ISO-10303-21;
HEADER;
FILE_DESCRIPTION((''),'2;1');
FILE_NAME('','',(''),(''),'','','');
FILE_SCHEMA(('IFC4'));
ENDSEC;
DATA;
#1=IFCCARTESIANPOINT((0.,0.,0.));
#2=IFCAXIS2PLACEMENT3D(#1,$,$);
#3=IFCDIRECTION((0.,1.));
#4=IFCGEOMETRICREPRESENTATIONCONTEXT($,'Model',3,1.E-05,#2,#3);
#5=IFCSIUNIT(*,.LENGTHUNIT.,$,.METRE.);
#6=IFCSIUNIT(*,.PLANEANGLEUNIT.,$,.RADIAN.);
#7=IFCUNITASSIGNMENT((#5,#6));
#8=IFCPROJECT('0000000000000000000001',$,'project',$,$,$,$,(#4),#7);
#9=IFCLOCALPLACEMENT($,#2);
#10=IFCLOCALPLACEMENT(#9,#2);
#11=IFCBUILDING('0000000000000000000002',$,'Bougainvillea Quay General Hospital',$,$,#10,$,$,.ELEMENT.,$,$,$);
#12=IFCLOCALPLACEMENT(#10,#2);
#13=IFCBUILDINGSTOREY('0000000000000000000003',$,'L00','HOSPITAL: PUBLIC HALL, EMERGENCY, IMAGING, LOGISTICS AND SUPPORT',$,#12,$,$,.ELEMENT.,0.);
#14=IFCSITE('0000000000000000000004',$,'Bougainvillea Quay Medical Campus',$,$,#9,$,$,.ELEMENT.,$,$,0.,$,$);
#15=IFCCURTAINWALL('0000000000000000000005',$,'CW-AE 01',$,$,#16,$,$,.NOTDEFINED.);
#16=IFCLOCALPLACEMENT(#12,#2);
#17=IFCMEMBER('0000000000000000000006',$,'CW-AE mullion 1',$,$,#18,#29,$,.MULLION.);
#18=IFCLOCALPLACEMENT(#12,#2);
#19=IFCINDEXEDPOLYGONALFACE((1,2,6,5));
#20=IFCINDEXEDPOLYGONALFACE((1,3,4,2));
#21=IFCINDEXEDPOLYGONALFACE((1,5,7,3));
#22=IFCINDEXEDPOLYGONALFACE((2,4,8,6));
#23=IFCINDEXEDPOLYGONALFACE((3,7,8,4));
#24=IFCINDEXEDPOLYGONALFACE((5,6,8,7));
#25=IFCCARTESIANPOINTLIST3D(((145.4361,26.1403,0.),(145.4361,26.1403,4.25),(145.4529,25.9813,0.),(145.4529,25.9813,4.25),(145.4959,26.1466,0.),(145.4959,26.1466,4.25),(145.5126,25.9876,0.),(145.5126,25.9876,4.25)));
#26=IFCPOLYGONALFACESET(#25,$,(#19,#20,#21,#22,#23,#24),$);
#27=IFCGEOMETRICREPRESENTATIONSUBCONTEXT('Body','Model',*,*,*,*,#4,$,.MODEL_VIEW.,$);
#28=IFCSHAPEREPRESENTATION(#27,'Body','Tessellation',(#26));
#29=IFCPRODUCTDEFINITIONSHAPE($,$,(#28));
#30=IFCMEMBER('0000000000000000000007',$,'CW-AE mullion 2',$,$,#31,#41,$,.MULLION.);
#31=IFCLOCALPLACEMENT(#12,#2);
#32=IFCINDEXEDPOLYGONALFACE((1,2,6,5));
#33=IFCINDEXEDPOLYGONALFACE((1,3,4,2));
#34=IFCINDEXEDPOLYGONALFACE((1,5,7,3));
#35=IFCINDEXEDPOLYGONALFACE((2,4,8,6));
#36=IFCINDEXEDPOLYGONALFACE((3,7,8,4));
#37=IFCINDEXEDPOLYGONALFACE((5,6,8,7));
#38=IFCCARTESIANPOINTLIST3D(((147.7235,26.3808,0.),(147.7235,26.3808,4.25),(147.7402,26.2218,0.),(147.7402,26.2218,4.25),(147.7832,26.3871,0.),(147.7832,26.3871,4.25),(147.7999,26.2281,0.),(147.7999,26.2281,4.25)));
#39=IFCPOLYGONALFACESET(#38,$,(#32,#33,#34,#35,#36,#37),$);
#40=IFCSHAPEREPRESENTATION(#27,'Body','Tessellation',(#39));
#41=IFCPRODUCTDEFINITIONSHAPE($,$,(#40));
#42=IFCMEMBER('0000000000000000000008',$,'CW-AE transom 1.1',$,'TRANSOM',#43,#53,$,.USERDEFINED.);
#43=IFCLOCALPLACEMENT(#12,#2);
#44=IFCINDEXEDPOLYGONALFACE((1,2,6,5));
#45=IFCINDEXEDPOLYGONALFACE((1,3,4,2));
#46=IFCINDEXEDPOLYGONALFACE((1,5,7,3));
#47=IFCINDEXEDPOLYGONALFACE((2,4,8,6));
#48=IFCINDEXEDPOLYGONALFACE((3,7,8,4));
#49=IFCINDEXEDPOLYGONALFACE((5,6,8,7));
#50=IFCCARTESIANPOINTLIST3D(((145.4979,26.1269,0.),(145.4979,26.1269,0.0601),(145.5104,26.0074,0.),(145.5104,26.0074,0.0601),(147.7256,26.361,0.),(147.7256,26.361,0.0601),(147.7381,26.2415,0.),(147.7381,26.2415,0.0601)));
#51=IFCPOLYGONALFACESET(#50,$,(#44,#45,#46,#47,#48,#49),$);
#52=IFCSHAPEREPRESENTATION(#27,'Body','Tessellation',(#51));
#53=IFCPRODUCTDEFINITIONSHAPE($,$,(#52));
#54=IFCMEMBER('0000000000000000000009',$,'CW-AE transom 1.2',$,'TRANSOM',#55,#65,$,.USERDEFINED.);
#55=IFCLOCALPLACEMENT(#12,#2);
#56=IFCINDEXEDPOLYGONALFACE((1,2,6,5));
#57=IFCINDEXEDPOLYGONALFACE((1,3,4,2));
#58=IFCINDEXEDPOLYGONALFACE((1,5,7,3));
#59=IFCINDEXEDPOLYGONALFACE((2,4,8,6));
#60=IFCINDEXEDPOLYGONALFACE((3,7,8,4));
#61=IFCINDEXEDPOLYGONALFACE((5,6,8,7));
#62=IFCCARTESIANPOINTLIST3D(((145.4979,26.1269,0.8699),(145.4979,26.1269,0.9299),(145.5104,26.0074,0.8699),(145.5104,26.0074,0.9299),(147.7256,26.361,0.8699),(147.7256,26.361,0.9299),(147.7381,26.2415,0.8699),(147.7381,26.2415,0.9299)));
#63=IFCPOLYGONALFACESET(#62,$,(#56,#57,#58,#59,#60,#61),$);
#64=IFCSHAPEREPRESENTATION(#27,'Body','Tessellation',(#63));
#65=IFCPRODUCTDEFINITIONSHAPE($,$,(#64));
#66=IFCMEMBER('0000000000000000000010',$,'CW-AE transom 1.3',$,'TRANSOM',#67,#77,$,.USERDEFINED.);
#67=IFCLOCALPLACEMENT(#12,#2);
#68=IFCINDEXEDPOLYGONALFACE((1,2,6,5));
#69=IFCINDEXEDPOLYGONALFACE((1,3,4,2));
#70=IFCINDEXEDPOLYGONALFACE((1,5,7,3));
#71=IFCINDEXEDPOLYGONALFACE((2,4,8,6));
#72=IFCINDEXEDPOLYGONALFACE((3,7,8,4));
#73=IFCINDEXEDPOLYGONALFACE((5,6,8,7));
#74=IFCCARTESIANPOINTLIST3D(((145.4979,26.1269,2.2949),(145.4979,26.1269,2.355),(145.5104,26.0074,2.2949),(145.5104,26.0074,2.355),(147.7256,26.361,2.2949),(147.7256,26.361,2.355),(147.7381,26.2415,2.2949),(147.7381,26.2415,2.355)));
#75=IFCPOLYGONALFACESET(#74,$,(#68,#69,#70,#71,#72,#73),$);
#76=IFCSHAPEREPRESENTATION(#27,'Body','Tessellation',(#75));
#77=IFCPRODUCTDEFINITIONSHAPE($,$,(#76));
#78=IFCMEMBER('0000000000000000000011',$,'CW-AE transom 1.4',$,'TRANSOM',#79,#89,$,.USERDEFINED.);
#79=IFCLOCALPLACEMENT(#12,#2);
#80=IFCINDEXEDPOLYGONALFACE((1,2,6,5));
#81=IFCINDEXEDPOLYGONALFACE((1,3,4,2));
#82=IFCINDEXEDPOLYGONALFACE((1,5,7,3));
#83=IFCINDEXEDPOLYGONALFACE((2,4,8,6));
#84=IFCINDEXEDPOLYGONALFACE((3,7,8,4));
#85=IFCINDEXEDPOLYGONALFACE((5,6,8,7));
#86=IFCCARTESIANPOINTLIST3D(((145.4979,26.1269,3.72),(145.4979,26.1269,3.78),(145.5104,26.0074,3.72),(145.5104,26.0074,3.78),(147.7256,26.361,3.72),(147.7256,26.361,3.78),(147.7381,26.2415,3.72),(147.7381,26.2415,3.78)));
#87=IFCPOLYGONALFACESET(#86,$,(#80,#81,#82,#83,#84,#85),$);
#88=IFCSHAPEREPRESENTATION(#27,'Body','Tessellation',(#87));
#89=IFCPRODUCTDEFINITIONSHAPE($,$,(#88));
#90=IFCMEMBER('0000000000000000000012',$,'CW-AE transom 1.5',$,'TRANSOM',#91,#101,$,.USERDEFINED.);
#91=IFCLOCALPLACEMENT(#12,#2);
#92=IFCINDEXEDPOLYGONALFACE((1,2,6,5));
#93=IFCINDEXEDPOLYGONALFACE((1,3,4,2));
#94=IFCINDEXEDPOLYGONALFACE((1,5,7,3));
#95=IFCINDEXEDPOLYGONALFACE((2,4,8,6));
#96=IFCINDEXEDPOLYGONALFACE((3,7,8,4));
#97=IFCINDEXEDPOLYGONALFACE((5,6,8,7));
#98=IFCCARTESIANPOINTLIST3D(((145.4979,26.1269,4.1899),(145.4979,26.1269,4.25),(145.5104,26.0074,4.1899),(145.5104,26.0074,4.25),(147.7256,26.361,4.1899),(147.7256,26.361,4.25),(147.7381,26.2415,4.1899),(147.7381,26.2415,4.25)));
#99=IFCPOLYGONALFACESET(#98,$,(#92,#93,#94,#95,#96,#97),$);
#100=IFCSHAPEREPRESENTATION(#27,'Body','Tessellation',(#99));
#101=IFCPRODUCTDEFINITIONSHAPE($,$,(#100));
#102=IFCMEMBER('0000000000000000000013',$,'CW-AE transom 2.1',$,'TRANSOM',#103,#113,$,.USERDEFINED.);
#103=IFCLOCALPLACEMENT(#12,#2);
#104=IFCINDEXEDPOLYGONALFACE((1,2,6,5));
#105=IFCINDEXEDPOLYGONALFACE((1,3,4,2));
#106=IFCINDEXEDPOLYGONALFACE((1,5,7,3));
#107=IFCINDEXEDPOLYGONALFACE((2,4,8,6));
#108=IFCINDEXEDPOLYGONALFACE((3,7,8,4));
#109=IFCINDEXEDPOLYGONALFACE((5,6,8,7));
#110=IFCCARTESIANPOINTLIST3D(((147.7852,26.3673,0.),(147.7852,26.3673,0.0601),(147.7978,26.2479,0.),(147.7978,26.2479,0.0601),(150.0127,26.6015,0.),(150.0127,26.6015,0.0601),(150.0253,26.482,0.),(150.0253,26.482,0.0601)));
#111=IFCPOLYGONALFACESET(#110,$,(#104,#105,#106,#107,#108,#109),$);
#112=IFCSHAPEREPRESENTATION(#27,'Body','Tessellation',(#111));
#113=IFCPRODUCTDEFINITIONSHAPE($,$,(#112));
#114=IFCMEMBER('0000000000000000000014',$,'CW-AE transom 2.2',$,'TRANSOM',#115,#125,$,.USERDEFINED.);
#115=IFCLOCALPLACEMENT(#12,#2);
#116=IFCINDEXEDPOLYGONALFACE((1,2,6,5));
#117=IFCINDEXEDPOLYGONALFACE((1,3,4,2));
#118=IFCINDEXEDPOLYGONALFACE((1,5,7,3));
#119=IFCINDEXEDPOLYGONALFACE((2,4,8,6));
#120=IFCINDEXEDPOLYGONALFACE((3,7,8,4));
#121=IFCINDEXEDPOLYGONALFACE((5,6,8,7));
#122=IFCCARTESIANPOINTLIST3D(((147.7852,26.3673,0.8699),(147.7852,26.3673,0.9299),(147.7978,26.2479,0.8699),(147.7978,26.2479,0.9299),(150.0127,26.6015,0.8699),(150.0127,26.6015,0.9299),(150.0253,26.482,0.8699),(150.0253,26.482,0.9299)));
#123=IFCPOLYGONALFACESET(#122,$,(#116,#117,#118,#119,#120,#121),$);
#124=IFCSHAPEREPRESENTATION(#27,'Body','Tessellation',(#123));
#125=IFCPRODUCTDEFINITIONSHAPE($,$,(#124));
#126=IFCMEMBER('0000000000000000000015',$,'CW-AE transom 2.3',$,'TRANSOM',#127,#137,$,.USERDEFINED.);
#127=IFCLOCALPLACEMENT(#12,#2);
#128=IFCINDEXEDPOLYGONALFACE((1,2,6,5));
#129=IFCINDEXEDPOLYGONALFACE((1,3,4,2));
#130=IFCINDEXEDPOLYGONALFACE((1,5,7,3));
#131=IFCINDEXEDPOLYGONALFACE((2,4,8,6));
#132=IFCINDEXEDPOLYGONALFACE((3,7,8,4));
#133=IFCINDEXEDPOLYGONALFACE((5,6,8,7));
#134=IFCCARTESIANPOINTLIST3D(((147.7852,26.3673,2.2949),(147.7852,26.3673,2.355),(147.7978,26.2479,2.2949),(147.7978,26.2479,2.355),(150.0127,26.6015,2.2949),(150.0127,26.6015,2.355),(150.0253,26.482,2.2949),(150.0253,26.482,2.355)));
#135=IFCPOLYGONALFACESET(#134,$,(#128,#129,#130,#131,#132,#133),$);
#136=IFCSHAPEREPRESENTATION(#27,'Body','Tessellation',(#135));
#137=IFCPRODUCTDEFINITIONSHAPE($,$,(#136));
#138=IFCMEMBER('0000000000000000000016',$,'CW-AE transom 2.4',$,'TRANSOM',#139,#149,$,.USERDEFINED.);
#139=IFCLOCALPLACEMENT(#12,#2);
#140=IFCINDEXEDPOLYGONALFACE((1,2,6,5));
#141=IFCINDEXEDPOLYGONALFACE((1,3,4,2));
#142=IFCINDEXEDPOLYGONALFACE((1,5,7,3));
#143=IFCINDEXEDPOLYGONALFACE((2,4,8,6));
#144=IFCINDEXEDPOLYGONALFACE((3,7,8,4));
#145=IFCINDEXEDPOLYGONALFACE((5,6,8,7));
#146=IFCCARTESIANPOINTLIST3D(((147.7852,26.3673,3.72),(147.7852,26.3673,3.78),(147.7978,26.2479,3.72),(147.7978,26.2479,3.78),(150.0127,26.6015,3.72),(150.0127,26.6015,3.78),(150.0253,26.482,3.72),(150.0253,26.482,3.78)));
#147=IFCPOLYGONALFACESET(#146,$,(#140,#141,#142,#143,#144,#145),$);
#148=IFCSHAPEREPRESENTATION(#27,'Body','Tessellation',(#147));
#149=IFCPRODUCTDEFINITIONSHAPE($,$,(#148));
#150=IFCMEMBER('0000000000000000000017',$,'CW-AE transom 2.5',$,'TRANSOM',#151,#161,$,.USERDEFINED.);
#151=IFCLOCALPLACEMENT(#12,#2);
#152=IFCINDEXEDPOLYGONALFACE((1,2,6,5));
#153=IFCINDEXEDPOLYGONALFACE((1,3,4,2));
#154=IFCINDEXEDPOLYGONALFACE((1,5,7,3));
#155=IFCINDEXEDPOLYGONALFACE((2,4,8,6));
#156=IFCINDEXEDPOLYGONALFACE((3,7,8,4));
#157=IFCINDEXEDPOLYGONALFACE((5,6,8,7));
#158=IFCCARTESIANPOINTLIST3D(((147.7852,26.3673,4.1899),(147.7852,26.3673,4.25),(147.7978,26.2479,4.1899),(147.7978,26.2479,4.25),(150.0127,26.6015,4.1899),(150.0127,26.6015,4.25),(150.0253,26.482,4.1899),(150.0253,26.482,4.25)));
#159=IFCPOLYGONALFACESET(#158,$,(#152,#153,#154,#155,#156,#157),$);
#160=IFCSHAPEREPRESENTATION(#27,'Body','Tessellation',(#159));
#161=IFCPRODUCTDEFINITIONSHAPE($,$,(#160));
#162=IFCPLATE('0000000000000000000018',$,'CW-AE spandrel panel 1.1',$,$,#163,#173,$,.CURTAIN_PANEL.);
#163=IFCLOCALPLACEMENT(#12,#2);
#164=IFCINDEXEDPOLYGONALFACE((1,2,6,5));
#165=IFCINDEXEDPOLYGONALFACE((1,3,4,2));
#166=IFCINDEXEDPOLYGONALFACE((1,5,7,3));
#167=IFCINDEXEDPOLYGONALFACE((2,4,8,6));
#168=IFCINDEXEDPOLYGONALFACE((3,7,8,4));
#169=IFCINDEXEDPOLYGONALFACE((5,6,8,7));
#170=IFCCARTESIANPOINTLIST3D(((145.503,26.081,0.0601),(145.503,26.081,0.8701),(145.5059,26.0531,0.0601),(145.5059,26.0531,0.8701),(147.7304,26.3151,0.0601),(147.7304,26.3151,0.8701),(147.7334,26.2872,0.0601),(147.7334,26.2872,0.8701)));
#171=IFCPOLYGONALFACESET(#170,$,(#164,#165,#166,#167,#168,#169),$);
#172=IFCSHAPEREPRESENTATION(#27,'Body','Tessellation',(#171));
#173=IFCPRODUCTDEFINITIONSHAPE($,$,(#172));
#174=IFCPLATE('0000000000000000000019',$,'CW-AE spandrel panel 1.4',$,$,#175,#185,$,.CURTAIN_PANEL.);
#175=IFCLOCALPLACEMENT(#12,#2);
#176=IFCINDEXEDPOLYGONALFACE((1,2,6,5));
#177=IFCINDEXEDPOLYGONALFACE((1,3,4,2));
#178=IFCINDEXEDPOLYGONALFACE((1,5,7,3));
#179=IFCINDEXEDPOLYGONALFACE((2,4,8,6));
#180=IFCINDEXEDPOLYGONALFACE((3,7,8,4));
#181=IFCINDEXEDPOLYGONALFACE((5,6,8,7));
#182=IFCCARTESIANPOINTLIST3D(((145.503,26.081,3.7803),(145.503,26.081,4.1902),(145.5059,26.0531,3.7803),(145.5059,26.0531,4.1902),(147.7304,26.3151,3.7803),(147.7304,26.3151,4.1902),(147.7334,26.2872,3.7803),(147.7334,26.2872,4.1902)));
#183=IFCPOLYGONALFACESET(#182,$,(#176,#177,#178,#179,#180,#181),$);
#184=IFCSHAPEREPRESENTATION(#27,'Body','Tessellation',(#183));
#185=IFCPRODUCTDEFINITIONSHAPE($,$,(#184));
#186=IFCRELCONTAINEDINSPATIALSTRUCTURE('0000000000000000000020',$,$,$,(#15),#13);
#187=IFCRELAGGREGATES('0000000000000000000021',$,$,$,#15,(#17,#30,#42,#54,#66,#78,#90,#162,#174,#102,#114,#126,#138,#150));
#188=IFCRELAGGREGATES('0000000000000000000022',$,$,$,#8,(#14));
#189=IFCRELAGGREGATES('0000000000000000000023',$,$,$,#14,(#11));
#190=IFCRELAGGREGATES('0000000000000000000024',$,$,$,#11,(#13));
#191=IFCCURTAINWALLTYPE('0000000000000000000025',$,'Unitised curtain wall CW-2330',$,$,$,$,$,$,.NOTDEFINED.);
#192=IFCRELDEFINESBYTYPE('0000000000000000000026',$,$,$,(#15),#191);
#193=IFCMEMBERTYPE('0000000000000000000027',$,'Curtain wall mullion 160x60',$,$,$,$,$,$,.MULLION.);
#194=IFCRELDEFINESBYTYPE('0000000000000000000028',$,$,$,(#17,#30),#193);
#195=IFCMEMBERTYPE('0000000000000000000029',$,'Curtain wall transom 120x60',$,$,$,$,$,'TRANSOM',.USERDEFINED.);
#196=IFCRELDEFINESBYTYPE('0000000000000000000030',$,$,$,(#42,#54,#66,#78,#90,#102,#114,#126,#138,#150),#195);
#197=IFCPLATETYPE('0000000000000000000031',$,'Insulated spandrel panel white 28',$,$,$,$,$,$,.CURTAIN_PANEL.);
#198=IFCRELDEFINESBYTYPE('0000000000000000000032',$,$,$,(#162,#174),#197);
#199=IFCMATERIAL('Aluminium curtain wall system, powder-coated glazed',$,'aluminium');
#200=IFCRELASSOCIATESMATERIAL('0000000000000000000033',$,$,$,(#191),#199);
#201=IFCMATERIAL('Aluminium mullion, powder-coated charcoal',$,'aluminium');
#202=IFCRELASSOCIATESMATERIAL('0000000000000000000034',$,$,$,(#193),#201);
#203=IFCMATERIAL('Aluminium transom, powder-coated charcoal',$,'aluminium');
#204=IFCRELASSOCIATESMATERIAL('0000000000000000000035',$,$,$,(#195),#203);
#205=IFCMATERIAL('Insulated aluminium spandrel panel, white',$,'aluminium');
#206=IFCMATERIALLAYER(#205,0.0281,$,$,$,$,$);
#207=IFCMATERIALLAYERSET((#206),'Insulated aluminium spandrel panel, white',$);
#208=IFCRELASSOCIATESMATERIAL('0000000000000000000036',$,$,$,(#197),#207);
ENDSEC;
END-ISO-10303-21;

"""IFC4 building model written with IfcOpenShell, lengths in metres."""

from ifc_helpers import new_model, si_unit, direction, frame, origin, origin_2d, place, context, subcontext, project, spatial, rectangle, extrude, material, layer, layer_set, material_profile, profile_set, type_object, element, aggregate, save


model = new_model("IFC4")

# Units and contexts
model_context = context("Model", 3, precision=1e-05, world=origin(), true_north=direction((0.0, 1.0)))
body_context = subcontext(model_context, "Body", "Model", "MODEL_VIEW")
ifc_project = project(units=[si_unit("LENGTHUNIT", "METRE"), si_unit("PLANEANGLEUNIT", "RADIAN")], contexts=[model_context])

# Site, building, storey
site_placement = place(None, origin())
site = spatial("IfcSite", under=ifc_project, at=site_placement, Name="Bougainvillea Quay Medical Campus", CompositionType="ELEMENT", RefElevation=0.0)
building_placement = place(site_placement, origin())
building = spatial("IfcBuilding", under=site, at=building_placement, Name="Bougainvillea Quay General Hospital", CompositionType="ELEMENT")
storey_placement = place(building_placement, origin())
storey = spatial("IfcBuildingStorey", under=building, at=storey_placement, Name="L00", Description="HOSPITAL: PUBLIC HALL, EMERGENCY, IMAGING, LOGISTICS AND SUPPORT", CompositionType="ELEMENT", Elevation=0.0)

# Curtain wall, members, plates
ifc_material_1 = material(Name="Aluminium curtain wall system, powder-coated glazed", Category="aluminium")
curtain_wall_type = type_object("IfcCurtainWallType", Name="Unitised curtain wall CW-2330", PredefinedType="NOTDEFINED", material=ifc_material_1)
curtain_wall_placement = place(storey_placement, origin())
curtain_wall = element("IfcCurtainWall", 1, at=curtain_wall_placement, inside=storey, type_object=curtain_wall_type, Name="CW-AE 01", PredefinedType="NOTDEFINED")
ifc_material_2 = material(Name="Aluminium mullion, powder-coated charcoal", Category="aluminium")
ifc_material_profile_1 = material_profile(ifc_material_2, rectangle(XDim=0.1599, YDim=0.0601, at=origin_2d()))
ifc_profile_set_1 = profile_set([ifc_material_profile_1], Name="Aluminium mullion, powder-coated charcoal")
member_type_1 = type_object("IfcMemberType", Name="Curtain wall mullion 160x60", PredefinedType="MULLION", material=ifc_profile_set_1)
member_1_placement = place(storey_placement, frame((145.4744, 26.064, 0.0), z_axis=(0.0, 0.0, 1.0), x_axis=(-0.104527, 0.994522, 0.0)))
member_1 = element("IfcMember", 2, at=member_1_placement, type_object=member_type_1, Name="CW-AE mullion 1", PredefinedType="MULLION", context=body_context, shape_type="SweptSolid", body=[
    extrude(rectangle(XDim=0.1599, YDim=0.0601, at=origin_2d()), origin(), (0.0, 0.0, 1.0), 4.25),
])
member_2_placement = place(storey_placement, frame((147.7617, 26.3044, 0.0), z_axis=(0.0, 0.0, 1.0), x_axis=(-0.104527, 0.994522, 0.0)))
member_2 = element("IfcMember", 3, at=member_2_placement, type_object=member_type_1, Name="CW-AE mullion 2", PredefinedType="MULLION", context=body_context, shape_type="SweptSolid", body=[
    extrude(rectangle(XDim=0.1599, YDim=0.0601, at=origin_2d()), origin(), (0.0, 0.0, 1.0), 4.25),
])
ifc_material_3 = material(Name="Aluminium transom, powder-coated charcoal", Category="aluminium")
ifc_material_profile_2 = material_profile(ifc_material_3, rectangle(XDim=0.1201, YDim=0.0601, at=origin_2d()))
ifc_profile_set_2 = profile_set([ifc_material_profile_2], Name="Aluminium transom, powder-coated charcoal")
member_type_2 = type_object("IfcMemberType", Name="Curtain wall transom 120x60", ElementType="TRANSOM", PredefinedType="USERDEFINED", material=ifc_profile_set_2)
member_3_placement = place(storey_placement, frame((145.5042, 26.0671, 0.03), z_axis=(0.994523, 0.10452, 0.0), x_axis=(-0.10452, 0.994523, 0.0)))
member_3 = element("IfcMember", 4, at=member_3_placement, type_object=member_type_2, Name="CW-AE transom 1.1", ObjectType="TRANSOM", PredefinedType="USERDEFINED", context=body_context, shape_type="SweptSolid", body=[
    extrude(rectangle(XDim=0.1201, YDim=0.0601, at=origin_2d()), origin(), (0.0, 0.0, 1.0), 2.24),
])
member_4_placement = place(storey_placement, frame((145.5042, 26.0671, 0.8999), z_axis=(0.994523, 0.10452, 0.0), x_axis=(-0.10452, 0.994523, 0.0)))
member_4 = element("IfcMember", 5, at=member_4_placement, type_object=member_type_2, Name="CW-AE transom 1.2", ObjectType="TRANSOM", PredefinedType="USERDEFINED", context=body_context, shape_type="SweptSolid", body=[
    extrude(rectangle(XDim=0.1201, YDim=0.0601, at=origin_2d()), origin(), (0.0, 0.0, 1.0), 2.24),
])
member_5_placement = place(storey_placement, frame((145.5042, 26.0671, 2.325), z_axis=(0.994523, 0.10452, 0.0), x_axis=(-0.10452, 0.994523, 0.0)))
member_5 = element("IfcMember", 6, at=member_5_placement, type_object=member_type_2, Name="CW-AE transom 1.3", ObjectType="TRANSOM", PredefinedType="USERDEFINED", context=body_context, shape_type="SweptSolid", body=[
    extrude(rectangle(XDim=0.1201, YDim=0.0601, at=origin_2d()), origin(), (0.0, 0.0, 1.0), 2.24),
])
member_6_placement = place(storey_placement, frame((145.5042, 26.0671, 3.75), z_axis=(0.994523, 0.10452, 0.0), x_axis=(-0.10452, 0.994523, 0.0)))
member_6 = element("IfcMember", 7, at=member_6_placement, type_object=member_type_2, Name="CW-AE transom 1.4", ObjectType="TRANSOM", PredefinedType="USERDEFINED", context=body_context, shape_type="SweptSolid", body=[
    extrude(rectangle(XDim=0.1201, YDim=0.0601, at=origin_2d()), origin(), (0.0, 0.0, 1.0), 2.24),
])
member_7_placement = place(storey_placement, frame((145.5042, 26.0671, 4.22), z_axis=(0.994523, 0.10452, 0.0), x_axis=(-0.10452, 0.994523, 0.0)))
member_7 = element("IfcMember", 8, at=member_7_placement, type_object=member_type_2, Name="CW-AE transom 1.5", ObjectType="TRANSOM", PredefinedType="USERDEFINED", context=body_context, shape_type="SweptSolid", body=[
    extrude(rectangle(XDim=0.1201, YDim=0.0601, at=origin_2d()), origin(), (0.0, 0.0, 1.0), 2.24),
])
member_8_placement = place(storey_placement, frame((147.7915, 26.3076, 0.03), z_axis=(0.994522, 0.104532, 0.0), x_axis=(-0.104532, 0.994522, 0.0)))
member_8 = element("IfcMember", 9, at=member_8_placement, type_object=member_type_2, Name="CW-AE transom 2.1", ObjectType="TRANSOM", PredefinedType="USERDEFINED", context=body_context, shape_type="SweptSolid", body=[
    extrude(rectangle(XDim=0.1201, YDim=0.0601, at=origin_2d()), origin(), (0.0, 0.0, 1.0), 2.2397),
])
member_9_placement = place(storey_placement, frame((147.7915, 26.3076, 0.8999), z_axis=(0.994522, 0.104532, 0.0), x_axis=(-0.104532, 0.994522, 0.0)))
member_9 = element("IfcMember", 10, at=member_9_placement, type_object=member_type_2, Name="CW-AE transom 2.2", ObjectType="TRANSOM", PredefinedType="USERDEFINED", context=body_context, shape_type="SweptSolid", body=[
    extrude(rectangle(XDim=0.1201, YDim=0.0601, at=origin_2d()), origin(), (0.0, 0.0, 1.0), 2.2397),
])
member_10_placement = place(storey_placement, frame((147.7915, 26.3076, 2.325), z_axis=(0.994522, 0.104532, 0.0), x_axis=(-0.104532, 0.994522, 0.0)))
member_10 = element("IfcMember", 11, at=member_10_placement, type_object=member_type_2, Name="CW-AE transom 2.3", ObjectType="TRANSOM", PredefinedType="USERDEFINED", context=body_context, shape_type="SweptSolid", body=[
    extrude(rectangle(XDim=0.1201, YDim=0.0601, at=origin_2d()), origin(), (0.0, 0.0, 1.0), 2.2397),
])
member_11_placement = place(storey_placement, frame((147.7915, 26.3076, 3.75), z_axis=(0.994522, 0.104532, 0.0), x_axis=(-0.104532, 0.994522, 0.0)))
member_11 = element("IfcMember", 12, at=member_11_placement, type_object=member_type_2, Name="CW-AE transom 2.4", ObjectType="TRANSOM", PredefinedType="USERDEFINED", context=body_context, shape_type="SweptSolid", body=[
    extrude(rectangle(XDim=0.1201, YDim=0.0601, at=origin_2d()), origin(), (0.0, 0.0, 1.0), 2.2397),
])
member_12_placement = place(storey_placement, frame((147.7915, 26.3076, 4.22), z_axis=(0.994522, 0.104532, 0.0), x_axis=(-0.104532, 0.994522, 0.0)))
member_12 = element("IfcMember", 13, at=member_12_placement, type_object=member_type_2, Name="CW-AE transom 2.5", ObjectType="TRANSOM", PredefinedType="USERDEFINED", context=body_context, shape_type="SweptSolid", body=[
    extrude(rectangle(XDim=0.1201, YDim=0.0601, at=origin_2d()), origin(), (0.0, 0.0, 1.0), 2.2397),
])
ifc_material_4 = material(Name="Insulated aluminium spandrel panel, white", Category="aluminium")
ifc_layer_1 = layer(ifc_material_4, 0.0281)
ifc_layer_set_1 = layer_set([ifc_layer_1], Name="Insulated aluminium spandrel panel, white")
plate_type_1 = type_object("IfcPlateType", Name="Insulated spandrel panel white 28", PredefinedType="CURTAIN_PANEL", material=ifc_layer_set_1)
plate_1_placement = place(storey_placement, frame((146.6182, 26.1841, 0.0601), z_axis=(0.0, 0.0, 1.0), x_axis=(0.994522, 0.104527, 0.0)))
plate_1 = element("IfcPlate", 14, at=plate_1_placement, type_object=plate_type_1, Name="CW-AE spandrel panel 1.1", PredefinedType="CURTAIN_PANEL", context=body_context, shape_type="SweptSolid", body=[
    extrude(rectangle(XDim=2.2397, YDim=0.0281, at=origin_2d()), origin(), (0.0, 0.0, 1.0), 0.8101),
])
plate_2_placement = place(storey_placement, frame((146.6182, 26.1841, 3.7803), z_axis=(0.0, 0.0, 1.0), x_axis=(0.994522, 0.104527, 0.0)))
plate_2 = element("IfcPlate", 15, at=plate_2_placement, type_object=plate_type_1, Name="CW-AE spandrel panel 1.4", PredefinedType="CURTAIN_PANEL", context=body_context, shape_type="SweptSolid", body=[
    extrude(rectangle(XDim=2.2397, YDim=0.0281, at=origin_2d()), origin(), (0.0, 0.0, 1.0), 0.4099),
])
aggregate(curtain_wall, [member_1, member_2, member_3, member_4, member_5, member_6, member_7, plate_1, plate_2, member_8, member_9, member_10, member_11, member_12])

save(model, "model.ifc")
